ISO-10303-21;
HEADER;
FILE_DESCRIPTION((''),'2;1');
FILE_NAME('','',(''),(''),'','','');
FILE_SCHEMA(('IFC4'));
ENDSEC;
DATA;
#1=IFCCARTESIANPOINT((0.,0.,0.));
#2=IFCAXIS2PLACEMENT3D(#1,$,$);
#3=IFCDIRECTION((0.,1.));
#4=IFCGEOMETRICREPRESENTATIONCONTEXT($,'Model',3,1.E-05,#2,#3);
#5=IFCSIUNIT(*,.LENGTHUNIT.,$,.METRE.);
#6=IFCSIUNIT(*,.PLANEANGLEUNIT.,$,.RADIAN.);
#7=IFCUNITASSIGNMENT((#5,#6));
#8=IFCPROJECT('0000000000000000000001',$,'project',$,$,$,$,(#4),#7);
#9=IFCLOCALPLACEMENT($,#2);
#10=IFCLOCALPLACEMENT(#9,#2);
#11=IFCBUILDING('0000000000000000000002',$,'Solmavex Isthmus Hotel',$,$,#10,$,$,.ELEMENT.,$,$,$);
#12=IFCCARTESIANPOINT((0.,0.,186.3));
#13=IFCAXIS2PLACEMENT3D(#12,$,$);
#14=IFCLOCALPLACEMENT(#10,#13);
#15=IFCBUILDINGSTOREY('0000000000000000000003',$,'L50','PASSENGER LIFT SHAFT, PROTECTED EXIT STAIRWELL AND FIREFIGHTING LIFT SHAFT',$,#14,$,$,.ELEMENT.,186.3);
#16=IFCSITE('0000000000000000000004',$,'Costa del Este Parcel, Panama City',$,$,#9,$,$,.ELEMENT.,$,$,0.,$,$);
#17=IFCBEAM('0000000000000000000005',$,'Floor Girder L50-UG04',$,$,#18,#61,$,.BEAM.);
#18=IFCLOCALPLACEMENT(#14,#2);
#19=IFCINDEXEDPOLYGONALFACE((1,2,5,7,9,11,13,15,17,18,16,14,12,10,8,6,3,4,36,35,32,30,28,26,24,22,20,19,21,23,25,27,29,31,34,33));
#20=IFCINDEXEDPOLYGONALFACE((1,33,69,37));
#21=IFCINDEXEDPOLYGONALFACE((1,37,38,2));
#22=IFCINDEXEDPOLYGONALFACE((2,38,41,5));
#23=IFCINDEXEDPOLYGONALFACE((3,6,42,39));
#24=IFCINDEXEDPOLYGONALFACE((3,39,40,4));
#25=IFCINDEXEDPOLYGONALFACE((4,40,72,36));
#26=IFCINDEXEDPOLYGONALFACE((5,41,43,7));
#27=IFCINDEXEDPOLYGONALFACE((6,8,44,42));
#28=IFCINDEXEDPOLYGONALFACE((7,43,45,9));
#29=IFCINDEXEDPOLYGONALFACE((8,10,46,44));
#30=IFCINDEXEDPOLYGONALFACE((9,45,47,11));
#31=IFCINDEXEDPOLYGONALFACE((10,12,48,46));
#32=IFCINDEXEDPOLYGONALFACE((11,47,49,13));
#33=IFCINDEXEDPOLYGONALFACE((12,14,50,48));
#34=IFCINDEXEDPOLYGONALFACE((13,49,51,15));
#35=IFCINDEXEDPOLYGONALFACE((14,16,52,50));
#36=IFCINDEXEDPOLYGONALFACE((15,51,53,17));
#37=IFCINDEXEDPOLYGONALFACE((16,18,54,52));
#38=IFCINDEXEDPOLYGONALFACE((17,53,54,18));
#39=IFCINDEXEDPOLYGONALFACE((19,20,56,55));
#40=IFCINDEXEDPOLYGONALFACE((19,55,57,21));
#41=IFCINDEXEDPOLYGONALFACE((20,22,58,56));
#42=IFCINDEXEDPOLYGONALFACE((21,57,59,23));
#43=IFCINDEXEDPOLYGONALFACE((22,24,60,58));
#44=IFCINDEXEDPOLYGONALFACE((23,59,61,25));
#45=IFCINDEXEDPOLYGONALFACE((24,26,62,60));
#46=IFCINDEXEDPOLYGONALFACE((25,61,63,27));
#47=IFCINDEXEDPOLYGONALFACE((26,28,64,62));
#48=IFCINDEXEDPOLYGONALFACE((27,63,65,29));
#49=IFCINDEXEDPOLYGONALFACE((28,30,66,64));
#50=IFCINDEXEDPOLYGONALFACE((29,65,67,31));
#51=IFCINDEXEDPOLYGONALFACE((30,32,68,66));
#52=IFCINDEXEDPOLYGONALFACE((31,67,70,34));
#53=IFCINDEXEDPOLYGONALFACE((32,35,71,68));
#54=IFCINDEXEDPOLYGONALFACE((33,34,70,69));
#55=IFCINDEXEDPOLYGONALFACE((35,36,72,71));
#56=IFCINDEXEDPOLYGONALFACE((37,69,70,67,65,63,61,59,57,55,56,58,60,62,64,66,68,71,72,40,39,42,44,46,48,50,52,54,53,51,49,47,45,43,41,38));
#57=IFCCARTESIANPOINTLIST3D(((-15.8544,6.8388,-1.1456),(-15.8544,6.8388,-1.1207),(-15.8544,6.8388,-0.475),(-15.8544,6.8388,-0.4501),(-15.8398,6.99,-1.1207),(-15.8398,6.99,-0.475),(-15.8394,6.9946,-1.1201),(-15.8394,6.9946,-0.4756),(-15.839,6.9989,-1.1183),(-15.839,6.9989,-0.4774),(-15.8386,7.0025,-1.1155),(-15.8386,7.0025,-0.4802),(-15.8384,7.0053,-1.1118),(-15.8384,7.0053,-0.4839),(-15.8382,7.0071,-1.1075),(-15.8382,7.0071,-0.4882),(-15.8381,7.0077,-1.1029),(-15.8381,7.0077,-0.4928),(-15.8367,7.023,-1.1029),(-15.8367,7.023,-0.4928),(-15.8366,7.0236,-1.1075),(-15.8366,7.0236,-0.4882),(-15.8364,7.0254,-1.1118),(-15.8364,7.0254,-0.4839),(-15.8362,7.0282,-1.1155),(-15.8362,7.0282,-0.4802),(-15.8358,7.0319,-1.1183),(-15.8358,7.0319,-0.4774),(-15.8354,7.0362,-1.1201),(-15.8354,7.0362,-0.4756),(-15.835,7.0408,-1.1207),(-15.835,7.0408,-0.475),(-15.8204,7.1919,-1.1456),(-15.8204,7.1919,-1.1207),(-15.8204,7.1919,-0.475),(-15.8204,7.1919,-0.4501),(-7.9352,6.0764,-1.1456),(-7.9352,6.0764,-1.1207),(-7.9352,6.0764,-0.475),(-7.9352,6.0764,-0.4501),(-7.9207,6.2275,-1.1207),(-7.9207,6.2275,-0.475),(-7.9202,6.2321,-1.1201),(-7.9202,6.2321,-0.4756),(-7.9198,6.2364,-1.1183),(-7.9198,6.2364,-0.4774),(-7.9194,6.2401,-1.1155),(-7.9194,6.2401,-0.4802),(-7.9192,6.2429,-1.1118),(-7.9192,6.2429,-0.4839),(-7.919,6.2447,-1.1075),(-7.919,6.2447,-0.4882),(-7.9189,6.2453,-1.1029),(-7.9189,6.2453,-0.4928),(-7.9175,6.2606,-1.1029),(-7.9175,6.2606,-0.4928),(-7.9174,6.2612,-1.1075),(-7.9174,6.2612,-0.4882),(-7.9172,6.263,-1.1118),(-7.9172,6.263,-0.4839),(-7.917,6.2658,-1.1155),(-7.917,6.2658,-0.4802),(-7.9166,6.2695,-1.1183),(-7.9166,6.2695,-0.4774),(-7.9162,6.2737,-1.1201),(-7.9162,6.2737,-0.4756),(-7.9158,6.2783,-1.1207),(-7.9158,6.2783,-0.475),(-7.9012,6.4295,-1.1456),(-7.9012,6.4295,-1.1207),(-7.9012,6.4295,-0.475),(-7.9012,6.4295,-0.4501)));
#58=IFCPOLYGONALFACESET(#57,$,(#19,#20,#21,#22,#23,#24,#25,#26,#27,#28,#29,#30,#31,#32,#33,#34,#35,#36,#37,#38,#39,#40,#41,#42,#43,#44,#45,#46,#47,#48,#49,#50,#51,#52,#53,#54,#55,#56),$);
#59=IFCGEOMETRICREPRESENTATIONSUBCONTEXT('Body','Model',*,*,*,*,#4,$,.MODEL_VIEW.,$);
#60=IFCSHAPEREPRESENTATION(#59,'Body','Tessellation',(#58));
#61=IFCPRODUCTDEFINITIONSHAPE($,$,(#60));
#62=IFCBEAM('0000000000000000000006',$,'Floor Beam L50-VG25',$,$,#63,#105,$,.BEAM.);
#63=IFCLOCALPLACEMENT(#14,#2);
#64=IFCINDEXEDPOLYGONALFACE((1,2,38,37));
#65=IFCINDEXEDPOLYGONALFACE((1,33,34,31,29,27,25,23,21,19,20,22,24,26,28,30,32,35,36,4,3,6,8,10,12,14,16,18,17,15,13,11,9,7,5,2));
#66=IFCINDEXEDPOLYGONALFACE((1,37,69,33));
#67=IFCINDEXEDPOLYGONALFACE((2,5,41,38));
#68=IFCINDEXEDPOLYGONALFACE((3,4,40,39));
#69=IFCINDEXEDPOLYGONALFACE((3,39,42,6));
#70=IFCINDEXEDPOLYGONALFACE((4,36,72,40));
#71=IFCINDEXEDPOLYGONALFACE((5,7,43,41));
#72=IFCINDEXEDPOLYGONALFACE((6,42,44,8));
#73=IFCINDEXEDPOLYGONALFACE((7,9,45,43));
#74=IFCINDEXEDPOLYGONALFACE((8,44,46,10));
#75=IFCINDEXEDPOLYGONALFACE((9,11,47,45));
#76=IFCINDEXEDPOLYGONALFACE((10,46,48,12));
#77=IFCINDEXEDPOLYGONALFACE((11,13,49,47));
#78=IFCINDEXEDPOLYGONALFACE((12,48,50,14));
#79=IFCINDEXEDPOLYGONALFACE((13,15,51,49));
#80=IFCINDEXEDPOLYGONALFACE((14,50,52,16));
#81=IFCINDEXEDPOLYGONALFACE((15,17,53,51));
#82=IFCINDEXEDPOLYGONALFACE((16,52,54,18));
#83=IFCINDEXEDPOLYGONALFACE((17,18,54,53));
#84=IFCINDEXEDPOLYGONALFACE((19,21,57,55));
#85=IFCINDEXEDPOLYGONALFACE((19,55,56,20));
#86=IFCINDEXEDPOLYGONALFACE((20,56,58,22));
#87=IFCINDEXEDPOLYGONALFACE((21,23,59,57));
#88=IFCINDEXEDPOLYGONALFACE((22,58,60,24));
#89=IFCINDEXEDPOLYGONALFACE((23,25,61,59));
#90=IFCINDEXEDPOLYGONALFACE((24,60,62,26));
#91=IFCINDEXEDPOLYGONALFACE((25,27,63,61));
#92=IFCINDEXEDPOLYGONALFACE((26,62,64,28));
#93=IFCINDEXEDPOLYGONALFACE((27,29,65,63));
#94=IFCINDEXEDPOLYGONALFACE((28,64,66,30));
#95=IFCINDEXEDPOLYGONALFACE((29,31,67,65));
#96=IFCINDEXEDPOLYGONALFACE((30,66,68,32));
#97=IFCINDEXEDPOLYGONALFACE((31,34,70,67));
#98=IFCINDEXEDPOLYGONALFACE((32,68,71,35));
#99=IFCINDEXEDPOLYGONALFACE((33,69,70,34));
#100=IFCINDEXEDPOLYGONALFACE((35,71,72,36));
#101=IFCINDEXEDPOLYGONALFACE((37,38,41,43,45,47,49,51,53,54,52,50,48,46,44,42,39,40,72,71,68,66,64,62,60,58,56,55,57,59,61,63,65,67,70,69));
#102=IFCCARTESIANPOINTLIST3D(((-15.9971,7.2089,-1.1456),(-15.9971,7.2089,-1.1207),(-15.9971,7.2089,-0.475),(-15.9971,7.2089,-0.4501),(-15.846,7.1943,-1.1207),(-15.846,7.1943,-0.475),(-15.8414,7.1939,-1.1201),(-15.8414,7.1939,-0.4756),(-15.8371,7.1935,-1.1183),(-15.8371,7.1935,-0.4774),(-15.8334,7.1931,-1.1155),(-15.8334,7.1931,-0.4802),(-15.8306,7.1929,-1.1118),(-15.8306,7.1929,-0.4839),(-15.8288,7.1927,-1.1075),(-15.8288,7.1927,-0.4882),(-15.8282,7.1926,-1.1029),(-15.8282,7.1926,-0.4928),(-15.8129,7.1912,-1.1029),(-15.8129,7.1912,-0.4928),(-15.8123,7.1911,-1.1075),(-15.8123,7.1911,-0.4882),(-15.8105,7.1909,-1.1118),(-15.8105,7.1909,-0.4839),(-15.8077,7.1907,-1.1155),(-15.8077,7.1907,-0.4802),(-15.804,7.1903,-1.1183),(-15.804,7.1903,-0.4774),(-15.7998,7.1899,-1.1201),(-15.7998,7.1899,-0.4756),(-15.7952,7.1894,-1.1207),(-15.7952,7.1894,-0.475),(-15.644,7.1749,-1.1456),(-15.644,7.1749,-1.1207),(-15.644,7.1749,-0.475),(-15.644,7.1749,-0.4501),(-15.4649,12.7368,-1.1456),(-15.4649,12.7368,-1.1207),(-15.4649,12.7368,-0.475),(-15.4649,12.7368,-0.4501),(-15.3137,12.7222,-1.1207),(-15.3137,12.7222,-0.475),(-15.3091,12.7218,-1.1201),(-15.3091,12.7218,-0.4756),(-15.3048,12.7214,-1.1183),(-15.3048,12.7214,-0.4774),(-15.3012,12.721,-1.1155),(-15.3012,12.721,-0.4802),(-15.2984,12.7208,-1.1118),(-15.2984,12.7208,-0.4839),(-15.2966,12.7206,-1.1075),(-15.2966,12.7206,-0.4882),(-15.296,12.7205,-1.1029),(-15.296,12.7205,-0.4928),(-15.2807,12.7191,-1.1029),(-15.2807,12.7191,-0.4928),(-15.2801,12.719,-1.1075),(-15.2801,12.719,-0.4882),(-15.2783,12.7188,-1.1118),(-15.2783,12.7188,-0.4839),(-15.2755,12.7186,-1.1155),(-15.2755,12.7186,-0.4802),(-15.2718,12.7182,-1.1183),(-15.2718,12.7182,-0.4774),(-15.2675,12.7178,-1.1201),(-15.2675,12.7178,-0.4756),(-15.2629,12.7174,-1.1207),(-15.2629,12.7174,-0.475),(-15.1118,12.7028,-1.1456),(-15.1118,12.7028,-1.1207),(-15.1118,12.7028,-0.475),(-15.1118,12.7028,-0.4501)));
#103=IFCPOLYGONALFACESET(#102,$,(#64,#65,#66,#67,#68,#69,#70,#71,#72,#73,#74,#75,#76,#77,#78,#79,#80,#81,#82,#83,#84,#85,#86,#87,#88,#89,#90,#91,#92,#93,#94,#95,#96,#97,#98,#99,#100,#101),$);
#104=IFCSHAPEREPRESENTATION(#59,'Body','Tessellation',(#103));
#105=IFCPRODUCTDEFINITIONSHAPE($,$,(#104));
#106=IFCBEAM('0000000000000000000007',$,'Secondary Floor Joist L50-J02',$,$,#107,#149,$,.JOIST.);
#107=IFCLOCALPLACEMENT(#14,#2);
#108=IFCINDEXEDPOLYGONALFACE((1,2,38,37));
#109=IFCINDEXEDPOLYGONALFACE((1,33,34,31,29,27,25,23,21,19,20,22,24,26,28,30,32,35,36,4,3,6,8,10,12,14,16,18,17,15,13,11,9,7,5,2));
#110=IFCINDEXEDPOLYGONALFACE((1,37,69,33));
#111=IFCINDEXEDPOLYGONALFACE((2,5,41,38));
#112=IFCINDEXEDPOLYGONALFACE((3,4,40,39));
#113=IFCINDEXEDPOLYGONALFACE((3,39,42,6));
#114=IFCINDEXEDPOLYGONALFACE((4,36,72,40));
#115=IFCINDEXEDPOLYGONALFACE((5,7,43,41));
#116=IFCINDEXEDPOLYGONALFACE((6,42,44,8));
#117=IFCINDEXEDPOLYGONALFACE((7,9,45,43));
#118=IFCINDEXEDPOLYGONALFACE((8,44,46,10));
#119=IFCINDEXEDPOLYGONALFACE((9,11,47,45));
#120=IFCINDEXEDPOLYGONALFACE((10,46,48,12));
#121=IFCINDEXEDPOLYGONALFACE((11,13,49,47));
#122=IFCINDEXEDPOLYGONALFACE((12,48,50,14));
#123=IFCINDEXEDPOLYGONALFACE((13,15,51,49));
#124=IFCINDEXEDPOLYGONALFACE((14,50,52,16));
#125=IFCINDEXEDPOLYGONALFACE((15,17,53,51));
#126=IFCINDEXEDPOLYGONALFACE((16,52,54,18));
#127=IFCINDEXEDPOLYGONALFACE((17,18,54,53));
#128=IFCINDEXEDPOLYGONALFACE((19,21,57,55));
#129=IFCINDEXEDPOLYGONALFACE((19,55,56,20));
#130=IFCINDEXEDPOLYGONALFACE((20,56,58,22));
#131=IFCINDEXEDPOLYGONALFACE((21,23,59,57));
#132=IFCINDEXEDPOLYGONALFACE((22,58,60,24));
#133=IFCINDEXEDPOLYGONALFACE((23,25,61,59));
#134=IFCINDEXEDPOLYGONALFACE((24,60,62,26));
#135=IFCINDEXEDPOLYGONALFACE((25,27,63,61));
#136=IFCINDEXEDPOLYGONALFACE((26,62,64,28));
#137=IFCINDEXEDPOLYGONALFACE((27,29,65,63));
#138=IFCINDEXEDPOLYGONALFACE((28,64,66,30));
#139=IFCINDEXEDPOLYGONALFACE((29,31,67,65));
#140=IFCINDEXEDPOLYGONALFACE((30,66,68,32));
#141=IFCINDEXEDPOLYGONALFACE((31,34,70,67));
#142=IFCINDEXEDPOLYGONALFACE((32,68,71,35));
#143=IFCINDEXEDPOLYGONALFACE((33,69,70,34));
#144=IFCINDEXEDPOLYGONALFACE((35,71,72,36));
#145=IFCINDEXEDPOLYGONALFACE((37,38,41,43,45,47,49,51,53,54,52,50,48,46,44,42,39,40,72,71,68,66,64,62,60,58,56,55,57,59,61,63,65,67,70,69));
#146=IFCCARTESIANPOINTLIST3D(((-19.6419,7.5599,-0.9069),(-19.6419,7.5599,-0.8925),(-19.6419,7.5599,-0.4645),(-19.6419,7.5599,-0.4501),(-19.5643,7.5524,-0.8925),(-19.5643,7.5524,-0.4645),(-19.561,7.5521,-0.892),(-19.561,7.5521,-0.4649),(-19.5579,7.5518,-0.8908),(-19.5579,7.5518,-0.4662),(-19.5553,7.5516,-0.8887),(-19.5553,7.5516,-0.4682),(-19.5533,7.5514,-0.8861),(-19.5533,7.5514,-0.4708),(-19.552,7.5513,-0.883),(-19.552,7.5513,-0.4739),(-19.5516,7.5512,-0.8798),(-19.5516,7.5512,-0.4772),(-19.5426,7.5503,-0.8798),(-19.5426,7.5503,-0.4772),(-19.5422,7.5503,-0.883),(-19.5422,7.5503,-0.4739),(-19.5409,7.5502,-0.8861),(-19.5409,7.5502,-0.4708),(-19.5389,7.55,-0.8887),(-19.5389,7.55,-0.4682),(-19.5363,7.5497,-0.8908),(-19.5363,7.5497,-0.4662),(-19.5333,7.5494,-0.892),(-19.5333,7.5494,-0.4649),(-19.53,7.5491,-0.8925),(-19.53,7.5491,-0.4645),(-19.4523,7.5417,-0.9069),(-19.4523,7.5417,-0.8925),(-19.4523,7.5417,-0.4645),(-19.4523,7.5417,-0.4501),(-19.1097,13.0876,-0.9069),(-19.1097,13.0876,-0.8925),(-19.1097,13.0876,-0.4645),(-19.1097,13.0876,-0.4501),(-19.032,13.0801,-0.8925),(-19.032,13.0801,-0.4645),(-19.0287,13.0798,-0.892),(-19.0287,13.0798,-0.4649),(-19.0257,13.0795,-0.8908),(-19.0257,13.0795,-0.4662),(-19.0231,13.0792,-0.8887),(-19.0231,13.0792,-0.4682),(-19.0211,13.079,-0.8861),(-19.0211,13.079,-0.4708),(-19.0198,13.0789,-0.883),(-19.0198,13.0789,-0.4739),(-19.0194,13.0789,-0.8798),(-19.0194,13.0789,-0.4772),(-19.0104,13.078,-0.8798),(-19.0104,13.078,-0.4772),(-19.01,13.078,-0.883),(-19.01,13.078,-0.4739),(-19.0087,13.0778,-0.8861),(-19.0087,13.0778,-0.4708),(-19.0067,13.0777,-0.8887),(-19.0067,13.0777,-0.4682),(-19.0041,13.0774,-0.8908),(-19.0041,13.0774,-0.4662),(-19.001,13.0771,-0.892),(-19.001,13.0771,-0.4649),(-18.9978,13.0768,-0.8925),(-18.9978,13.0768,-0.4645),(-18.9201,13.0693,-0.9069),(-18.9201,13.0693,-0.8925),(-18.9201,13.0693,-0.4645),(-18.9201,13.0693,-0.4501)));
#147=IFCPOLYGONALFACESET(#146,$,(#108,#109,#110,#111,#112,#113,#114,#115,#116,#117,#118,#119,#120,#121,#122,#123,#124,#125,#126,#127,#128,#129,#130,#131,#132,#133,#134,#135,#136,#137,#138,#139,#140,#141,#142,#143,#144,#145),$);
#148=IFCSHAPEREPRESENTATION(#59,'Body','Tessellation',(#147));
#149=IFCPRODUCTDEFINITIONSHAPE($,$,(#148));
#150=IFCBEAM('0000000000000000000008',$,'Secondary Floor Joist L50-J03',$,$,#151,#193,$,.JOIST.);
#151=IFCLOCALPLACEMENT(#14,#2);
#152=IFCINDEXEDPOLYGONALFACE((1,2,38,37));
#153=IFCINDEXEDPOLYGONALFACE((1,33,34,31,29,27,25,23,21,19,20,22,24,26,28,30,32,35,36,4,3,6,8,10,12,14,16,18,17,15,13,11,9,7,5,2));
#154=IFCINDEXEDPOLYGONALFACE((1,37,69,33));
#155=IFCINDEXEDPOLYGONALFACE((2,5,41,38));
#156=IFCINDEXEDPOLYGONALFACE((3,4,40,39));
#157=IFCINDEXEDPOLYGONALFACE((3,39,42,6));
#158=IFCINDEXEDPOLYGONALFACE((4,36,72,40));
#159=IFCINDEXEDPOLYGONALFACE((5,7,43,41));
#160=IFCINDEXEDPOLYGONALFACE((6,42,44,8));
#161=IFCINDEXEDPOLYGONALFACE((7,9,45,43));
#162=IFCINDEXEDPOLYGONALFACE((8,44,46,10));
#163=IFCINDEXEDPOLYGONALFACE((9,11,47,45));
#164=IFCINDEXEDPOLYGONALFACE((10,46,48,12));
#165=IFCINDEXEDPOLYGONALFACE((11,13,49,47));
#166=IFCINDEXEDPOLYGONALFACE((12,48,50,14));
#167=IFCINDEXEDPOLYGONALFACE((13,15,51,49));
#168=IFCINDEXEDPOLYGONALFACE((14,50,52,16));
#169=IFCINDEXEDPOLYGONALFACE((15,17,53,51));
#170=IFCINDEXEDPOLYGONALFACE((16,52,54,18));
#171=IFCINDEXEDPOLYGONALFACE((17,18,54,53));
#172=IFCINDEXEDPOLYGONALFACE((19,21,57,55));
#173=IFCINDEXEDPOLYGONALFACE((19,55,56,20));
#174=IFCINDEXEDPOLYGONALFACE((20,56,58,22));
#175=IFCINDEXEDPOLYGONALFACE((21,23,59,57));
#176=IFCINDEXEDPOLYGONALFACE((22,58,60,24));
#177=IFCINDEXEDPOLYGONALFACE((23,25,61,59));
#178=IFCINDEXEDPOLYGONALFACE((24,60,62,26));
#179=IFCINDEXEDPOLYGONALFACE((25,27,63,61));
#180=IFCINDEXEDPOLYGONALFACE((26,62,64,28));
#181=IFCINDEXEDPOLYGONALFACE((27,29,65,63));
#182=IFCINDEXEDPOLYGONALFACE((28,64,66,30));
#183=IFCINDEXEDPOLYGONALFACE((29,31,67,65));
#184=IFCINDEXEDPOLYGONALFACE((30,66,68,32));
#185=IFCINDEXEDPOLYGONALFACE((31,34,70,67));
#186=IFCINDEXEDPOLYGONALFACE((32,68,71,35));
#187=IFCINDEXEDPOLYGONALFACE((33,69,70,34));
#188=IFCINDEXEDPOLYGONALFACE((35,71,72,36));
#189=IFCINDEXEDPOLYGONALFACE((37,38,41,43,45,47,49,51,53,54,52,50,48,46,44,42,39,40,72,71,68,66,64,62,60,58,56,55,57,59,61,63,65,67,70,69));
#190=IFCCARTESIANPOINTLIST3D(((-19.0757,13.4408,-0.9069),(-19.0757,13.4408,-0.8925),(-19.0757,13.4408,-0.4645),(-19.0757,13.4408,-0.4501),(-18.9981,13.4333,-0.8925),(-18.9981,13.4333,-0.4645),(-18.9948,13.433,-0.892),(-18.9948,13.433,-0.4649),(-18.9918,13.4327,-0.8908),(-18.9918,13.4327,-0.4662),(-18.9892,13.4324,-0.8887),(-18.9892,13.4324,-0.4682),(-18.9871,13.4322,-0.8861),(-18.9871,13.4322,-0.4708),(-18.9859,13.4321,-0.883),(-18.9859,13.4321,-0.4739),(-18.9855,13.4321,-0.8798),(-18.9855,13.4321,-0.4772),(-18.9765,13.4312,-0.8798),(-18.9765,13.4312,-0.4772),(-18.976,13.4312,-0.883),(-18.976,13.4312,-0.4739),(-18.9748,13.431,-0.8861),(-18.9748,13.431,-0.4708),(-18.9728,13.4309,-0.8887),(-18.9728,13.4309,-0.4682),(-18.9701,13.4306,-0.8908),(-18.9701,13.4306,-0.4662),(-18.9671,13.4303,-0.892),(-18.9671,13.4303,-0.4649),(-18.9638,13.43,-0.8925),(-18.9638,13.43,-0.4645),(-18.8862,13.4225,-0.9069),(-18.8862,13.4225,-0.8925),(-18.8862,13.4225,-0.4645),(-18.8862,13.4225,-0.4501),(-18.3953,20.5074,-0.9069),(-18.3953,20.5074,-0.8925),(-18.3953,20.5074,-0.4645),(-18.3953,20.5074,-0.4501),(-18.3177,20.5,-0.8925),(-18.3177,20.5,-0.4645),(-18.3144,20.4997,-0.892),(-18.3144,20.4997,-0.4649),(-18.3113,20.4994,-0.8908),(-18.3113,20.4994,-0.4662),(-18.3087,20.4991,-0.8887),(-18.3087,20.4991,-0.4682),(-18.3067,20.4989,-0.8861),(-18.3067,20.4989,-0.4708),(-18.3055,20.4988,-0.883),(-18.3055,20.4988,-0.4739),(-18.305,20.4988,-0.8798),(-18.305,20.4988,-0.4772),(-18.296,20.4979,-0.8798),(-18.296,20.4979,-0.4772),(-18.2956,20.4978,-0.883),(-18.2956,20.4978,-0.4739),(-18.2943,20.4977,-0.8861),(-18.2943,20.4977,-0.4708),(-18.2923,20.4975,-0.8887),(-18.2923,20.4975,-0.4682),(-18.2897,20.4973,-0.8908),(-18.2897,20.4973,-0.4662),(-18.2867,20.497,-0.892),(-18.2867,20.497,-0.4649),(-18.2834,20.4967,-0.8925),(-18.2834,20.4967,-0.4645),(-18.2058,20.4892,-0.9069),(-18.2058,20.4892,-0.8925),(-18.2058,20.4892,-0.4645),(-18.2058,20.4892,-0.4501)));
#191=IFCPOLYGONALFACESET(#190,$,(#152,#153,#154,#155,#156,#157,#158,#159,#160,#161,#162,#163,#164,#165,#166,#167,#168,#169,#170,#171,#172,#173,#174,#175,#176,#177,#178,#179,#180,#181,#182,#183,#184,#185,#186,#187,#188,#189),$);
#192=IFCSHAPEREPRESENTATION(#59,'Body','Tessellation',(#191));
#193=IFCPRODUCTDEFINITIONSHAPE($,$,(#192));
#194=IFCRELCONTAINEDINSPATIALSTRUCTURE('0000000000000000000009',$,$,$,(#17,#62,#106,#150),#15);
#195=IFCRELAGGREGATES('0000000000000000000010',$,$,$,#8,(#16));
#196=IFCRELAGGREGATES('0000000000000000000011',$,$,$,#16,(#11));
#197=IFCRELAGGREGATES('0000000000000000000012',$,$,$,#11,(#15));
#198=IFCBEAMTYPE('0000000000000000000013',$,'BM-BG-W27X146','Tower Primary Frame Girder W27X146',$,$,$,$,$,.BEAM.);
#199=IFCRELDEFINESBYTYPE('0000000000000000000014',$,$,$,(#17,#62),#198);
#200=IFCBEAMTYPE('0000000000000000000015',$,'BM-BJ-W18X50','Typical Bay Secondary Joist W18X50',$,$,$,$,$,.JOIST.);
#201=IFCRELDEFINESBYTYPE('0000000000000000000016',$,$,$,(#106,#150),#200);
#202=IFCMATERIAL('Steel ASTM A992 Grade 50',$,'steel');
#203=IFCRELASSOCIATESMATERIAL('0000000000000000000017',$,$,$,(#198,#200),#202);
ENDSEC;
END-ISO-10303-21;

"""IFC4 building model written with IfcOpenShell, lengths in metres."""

from ifc_helpers import new_model, si_unit, direction, frame, origin, origin_2d, place, context, subcontext, project, spatial, i_section, extrude, material, material_profile, profile_set, type_object, element, save


model = new_model("IFC4")

# Units and contexts
model_context = context("Model", 3, precision=1e-05, world=origin(), true_north=direction((0.0, 1.0)))
body_context = subcontext(model_context, "Body", "Model", "MODEL_VIEW")
ifc_project = project(units=[si_unit("LENGTHUNIT", "METRE"), si_unit("PLANEANGLEUNIT", "RADIAN")], contexts=[model_context])

# Site, building, storey
site_placement = place(None, origin())
site = spatial("IfcSite", under=ifc_project, at=site_placement, Name="Costa del Este Parcel, Panama City", CompositionType="ELEMENT", RefElevation=0.0)
building_placement = place(site_placement, origin())
building = spatial("IfcBuilding", under=site, at=building_placement, Name="Solmavex Isthmus Hotel", CompositionType="ELEMENT")
storey_placement = place(building_placement, frame((0.0, 0.0, 186.3)))
storey = spatial("IfcBuildingStorey", under=building, at=storey_placement, Name="L50", Description="PASSENGER LIFT SHAFT, PROTECTED EXIT STAIRWELL AND FIREFIGHTING LIFT SHAFT", CompositionType="ELEMENT", Elevation=186.3)

# Beams
ifc_material_1 = material(Name="Steel ASTM A992 Grade 50", Category="steel")
ifc_material_profile_1 = material_profile(ifc_material_1, i_section(OverallWidth=0.3547, OverallDepth=0.6956, WebThickness=0.0154, FlangeThickness=0.0249, FilletRadius=0.0178, at=origin_2d()), Name="W27X146")
ifc_profile_set_1 = profile_set([ifc_material_profile_1], Name="Steel ASTM A992 Grade 50")
beam_type_1 = type_object("IfcBeamType", Name="BM-BG-W27X146", Description="Tower Primary Frame Girder W27X146", PredefinedType="BEAM", material=ifc_profile_set_1)
beam_1_placement = place(storey_placement, frame((-15.8374, 7.0154, -0.7979), z_axis=(0.995397, -0.095836, 0.0), x_axis=(0.095836, 0.995397, 0.0)))
element("IfcBeam", 1, at=beam_1_placement, inside=storey, type_object=beam_type_1, Name="Floor Girder L50-UG04", PredefinedType="BEAM", context=body_context, shape_type="SweptSolid", body=[
    extrude(i_section(OverallWidth=0.3547, OverallDepth=0.6956, WebThickness=0.0154, FlangeThickness=0.0249, FilletRadius=0.0178, at=origin_2d()), origin(), (0.0, 0.0, 1.0), 7.9558),
])
beam_2_placement = place(storey_placement, frame((-15.8206, 7.1919, -0.7979), z_axis=(0.095838, 0.995397, 0.0), x_axis=(-0.995397, 0.095838, 0.0)))
element("IfcBeam", 2, at=beam_2_placement, inside=storey, type_object=beam_type_1, Name="Floor Beam L50-VG25", PredefinedType="BEAM", context=body_context, shape_type="SweptSolid", body=[
    extrude(i_section(OverallWidth=0.3547, OverallDepth=0.6956, WebThickness=0.0154, FlangeThickness=0.0249, FilletRadius=0.0178, at=origin_2d()), origin(), (0.0, 0.0, 1.0), 5.5535),
])
ifc_material_profile_2 = material_profile(ifc_material_1, i_section(OverallWidth=0.1904, OverallDepth=0.4568, WebThickness=0.009, FlangeThickness=0.0144, FilletRadius=0.0127, at=origin_2d()), Name="W18X50")
ifc_profile_set_2 = profile_set([ifc_material_profile_2], Name="Steel ASTM A992 Grade 50")
beam_type_2 = type_object("IfcBeamType", Name="BM-BJ-W18X50", Description="Typical Bay Secondary Joist W18X50", PredefinedType="JOIST", material=ifc_profile_set_2)
beam_3_placement = place(storey_placement, frame((-19.5471, 7.5508, -0.6785), z_axis=(0.095842, 0.995397, 0.0), x_axis=(-0.995397, 0.095842, 0.0)))
element("IfcBeam", 3, at=beam_3_placement, inside=storey, type_object=beam_type_2, Name="Secondary Floor Joist L50-J02", PredefinedType="JOIST", context=body_context, shape_type="SweptSolid", body=[
    extrude(i_section(OverallWidth=0.1904, OverallDepth=0.4568, WebThickness=0.009, FlangeThickness=0.0144, FilletRadius=0.0127, at=origin_2d()), origin(), (0.0, 0.0, 1.0), 5.5532),
])
beam_4_placement = place(storey_placement, frame((-18.981, 13.4316, -0.6785), z_axis=(0.095843, 0.995396, 0.0), x_axis=(-0.995396, 0.095843, 0.0)))
element("IfcBeam", 4, at=beam_4_placement, inside=storey, type_object=beam_type_2, Name="Secondary Floor Joist L50-J03", PredefinedType="JOIST", context=body_context, shape_type="SweptSolid", body=[
    extrude(i_section(OverallWidth=0.1904, OverallDepth=0.4568, WebThickness=0.009, FlangeThickness=0.0144, FilletRadius=0.0127, at=origin_2d()), origin(), (0.0, 0.0, 1.0), 7.0994),
])

save(model, "model.ifc")
